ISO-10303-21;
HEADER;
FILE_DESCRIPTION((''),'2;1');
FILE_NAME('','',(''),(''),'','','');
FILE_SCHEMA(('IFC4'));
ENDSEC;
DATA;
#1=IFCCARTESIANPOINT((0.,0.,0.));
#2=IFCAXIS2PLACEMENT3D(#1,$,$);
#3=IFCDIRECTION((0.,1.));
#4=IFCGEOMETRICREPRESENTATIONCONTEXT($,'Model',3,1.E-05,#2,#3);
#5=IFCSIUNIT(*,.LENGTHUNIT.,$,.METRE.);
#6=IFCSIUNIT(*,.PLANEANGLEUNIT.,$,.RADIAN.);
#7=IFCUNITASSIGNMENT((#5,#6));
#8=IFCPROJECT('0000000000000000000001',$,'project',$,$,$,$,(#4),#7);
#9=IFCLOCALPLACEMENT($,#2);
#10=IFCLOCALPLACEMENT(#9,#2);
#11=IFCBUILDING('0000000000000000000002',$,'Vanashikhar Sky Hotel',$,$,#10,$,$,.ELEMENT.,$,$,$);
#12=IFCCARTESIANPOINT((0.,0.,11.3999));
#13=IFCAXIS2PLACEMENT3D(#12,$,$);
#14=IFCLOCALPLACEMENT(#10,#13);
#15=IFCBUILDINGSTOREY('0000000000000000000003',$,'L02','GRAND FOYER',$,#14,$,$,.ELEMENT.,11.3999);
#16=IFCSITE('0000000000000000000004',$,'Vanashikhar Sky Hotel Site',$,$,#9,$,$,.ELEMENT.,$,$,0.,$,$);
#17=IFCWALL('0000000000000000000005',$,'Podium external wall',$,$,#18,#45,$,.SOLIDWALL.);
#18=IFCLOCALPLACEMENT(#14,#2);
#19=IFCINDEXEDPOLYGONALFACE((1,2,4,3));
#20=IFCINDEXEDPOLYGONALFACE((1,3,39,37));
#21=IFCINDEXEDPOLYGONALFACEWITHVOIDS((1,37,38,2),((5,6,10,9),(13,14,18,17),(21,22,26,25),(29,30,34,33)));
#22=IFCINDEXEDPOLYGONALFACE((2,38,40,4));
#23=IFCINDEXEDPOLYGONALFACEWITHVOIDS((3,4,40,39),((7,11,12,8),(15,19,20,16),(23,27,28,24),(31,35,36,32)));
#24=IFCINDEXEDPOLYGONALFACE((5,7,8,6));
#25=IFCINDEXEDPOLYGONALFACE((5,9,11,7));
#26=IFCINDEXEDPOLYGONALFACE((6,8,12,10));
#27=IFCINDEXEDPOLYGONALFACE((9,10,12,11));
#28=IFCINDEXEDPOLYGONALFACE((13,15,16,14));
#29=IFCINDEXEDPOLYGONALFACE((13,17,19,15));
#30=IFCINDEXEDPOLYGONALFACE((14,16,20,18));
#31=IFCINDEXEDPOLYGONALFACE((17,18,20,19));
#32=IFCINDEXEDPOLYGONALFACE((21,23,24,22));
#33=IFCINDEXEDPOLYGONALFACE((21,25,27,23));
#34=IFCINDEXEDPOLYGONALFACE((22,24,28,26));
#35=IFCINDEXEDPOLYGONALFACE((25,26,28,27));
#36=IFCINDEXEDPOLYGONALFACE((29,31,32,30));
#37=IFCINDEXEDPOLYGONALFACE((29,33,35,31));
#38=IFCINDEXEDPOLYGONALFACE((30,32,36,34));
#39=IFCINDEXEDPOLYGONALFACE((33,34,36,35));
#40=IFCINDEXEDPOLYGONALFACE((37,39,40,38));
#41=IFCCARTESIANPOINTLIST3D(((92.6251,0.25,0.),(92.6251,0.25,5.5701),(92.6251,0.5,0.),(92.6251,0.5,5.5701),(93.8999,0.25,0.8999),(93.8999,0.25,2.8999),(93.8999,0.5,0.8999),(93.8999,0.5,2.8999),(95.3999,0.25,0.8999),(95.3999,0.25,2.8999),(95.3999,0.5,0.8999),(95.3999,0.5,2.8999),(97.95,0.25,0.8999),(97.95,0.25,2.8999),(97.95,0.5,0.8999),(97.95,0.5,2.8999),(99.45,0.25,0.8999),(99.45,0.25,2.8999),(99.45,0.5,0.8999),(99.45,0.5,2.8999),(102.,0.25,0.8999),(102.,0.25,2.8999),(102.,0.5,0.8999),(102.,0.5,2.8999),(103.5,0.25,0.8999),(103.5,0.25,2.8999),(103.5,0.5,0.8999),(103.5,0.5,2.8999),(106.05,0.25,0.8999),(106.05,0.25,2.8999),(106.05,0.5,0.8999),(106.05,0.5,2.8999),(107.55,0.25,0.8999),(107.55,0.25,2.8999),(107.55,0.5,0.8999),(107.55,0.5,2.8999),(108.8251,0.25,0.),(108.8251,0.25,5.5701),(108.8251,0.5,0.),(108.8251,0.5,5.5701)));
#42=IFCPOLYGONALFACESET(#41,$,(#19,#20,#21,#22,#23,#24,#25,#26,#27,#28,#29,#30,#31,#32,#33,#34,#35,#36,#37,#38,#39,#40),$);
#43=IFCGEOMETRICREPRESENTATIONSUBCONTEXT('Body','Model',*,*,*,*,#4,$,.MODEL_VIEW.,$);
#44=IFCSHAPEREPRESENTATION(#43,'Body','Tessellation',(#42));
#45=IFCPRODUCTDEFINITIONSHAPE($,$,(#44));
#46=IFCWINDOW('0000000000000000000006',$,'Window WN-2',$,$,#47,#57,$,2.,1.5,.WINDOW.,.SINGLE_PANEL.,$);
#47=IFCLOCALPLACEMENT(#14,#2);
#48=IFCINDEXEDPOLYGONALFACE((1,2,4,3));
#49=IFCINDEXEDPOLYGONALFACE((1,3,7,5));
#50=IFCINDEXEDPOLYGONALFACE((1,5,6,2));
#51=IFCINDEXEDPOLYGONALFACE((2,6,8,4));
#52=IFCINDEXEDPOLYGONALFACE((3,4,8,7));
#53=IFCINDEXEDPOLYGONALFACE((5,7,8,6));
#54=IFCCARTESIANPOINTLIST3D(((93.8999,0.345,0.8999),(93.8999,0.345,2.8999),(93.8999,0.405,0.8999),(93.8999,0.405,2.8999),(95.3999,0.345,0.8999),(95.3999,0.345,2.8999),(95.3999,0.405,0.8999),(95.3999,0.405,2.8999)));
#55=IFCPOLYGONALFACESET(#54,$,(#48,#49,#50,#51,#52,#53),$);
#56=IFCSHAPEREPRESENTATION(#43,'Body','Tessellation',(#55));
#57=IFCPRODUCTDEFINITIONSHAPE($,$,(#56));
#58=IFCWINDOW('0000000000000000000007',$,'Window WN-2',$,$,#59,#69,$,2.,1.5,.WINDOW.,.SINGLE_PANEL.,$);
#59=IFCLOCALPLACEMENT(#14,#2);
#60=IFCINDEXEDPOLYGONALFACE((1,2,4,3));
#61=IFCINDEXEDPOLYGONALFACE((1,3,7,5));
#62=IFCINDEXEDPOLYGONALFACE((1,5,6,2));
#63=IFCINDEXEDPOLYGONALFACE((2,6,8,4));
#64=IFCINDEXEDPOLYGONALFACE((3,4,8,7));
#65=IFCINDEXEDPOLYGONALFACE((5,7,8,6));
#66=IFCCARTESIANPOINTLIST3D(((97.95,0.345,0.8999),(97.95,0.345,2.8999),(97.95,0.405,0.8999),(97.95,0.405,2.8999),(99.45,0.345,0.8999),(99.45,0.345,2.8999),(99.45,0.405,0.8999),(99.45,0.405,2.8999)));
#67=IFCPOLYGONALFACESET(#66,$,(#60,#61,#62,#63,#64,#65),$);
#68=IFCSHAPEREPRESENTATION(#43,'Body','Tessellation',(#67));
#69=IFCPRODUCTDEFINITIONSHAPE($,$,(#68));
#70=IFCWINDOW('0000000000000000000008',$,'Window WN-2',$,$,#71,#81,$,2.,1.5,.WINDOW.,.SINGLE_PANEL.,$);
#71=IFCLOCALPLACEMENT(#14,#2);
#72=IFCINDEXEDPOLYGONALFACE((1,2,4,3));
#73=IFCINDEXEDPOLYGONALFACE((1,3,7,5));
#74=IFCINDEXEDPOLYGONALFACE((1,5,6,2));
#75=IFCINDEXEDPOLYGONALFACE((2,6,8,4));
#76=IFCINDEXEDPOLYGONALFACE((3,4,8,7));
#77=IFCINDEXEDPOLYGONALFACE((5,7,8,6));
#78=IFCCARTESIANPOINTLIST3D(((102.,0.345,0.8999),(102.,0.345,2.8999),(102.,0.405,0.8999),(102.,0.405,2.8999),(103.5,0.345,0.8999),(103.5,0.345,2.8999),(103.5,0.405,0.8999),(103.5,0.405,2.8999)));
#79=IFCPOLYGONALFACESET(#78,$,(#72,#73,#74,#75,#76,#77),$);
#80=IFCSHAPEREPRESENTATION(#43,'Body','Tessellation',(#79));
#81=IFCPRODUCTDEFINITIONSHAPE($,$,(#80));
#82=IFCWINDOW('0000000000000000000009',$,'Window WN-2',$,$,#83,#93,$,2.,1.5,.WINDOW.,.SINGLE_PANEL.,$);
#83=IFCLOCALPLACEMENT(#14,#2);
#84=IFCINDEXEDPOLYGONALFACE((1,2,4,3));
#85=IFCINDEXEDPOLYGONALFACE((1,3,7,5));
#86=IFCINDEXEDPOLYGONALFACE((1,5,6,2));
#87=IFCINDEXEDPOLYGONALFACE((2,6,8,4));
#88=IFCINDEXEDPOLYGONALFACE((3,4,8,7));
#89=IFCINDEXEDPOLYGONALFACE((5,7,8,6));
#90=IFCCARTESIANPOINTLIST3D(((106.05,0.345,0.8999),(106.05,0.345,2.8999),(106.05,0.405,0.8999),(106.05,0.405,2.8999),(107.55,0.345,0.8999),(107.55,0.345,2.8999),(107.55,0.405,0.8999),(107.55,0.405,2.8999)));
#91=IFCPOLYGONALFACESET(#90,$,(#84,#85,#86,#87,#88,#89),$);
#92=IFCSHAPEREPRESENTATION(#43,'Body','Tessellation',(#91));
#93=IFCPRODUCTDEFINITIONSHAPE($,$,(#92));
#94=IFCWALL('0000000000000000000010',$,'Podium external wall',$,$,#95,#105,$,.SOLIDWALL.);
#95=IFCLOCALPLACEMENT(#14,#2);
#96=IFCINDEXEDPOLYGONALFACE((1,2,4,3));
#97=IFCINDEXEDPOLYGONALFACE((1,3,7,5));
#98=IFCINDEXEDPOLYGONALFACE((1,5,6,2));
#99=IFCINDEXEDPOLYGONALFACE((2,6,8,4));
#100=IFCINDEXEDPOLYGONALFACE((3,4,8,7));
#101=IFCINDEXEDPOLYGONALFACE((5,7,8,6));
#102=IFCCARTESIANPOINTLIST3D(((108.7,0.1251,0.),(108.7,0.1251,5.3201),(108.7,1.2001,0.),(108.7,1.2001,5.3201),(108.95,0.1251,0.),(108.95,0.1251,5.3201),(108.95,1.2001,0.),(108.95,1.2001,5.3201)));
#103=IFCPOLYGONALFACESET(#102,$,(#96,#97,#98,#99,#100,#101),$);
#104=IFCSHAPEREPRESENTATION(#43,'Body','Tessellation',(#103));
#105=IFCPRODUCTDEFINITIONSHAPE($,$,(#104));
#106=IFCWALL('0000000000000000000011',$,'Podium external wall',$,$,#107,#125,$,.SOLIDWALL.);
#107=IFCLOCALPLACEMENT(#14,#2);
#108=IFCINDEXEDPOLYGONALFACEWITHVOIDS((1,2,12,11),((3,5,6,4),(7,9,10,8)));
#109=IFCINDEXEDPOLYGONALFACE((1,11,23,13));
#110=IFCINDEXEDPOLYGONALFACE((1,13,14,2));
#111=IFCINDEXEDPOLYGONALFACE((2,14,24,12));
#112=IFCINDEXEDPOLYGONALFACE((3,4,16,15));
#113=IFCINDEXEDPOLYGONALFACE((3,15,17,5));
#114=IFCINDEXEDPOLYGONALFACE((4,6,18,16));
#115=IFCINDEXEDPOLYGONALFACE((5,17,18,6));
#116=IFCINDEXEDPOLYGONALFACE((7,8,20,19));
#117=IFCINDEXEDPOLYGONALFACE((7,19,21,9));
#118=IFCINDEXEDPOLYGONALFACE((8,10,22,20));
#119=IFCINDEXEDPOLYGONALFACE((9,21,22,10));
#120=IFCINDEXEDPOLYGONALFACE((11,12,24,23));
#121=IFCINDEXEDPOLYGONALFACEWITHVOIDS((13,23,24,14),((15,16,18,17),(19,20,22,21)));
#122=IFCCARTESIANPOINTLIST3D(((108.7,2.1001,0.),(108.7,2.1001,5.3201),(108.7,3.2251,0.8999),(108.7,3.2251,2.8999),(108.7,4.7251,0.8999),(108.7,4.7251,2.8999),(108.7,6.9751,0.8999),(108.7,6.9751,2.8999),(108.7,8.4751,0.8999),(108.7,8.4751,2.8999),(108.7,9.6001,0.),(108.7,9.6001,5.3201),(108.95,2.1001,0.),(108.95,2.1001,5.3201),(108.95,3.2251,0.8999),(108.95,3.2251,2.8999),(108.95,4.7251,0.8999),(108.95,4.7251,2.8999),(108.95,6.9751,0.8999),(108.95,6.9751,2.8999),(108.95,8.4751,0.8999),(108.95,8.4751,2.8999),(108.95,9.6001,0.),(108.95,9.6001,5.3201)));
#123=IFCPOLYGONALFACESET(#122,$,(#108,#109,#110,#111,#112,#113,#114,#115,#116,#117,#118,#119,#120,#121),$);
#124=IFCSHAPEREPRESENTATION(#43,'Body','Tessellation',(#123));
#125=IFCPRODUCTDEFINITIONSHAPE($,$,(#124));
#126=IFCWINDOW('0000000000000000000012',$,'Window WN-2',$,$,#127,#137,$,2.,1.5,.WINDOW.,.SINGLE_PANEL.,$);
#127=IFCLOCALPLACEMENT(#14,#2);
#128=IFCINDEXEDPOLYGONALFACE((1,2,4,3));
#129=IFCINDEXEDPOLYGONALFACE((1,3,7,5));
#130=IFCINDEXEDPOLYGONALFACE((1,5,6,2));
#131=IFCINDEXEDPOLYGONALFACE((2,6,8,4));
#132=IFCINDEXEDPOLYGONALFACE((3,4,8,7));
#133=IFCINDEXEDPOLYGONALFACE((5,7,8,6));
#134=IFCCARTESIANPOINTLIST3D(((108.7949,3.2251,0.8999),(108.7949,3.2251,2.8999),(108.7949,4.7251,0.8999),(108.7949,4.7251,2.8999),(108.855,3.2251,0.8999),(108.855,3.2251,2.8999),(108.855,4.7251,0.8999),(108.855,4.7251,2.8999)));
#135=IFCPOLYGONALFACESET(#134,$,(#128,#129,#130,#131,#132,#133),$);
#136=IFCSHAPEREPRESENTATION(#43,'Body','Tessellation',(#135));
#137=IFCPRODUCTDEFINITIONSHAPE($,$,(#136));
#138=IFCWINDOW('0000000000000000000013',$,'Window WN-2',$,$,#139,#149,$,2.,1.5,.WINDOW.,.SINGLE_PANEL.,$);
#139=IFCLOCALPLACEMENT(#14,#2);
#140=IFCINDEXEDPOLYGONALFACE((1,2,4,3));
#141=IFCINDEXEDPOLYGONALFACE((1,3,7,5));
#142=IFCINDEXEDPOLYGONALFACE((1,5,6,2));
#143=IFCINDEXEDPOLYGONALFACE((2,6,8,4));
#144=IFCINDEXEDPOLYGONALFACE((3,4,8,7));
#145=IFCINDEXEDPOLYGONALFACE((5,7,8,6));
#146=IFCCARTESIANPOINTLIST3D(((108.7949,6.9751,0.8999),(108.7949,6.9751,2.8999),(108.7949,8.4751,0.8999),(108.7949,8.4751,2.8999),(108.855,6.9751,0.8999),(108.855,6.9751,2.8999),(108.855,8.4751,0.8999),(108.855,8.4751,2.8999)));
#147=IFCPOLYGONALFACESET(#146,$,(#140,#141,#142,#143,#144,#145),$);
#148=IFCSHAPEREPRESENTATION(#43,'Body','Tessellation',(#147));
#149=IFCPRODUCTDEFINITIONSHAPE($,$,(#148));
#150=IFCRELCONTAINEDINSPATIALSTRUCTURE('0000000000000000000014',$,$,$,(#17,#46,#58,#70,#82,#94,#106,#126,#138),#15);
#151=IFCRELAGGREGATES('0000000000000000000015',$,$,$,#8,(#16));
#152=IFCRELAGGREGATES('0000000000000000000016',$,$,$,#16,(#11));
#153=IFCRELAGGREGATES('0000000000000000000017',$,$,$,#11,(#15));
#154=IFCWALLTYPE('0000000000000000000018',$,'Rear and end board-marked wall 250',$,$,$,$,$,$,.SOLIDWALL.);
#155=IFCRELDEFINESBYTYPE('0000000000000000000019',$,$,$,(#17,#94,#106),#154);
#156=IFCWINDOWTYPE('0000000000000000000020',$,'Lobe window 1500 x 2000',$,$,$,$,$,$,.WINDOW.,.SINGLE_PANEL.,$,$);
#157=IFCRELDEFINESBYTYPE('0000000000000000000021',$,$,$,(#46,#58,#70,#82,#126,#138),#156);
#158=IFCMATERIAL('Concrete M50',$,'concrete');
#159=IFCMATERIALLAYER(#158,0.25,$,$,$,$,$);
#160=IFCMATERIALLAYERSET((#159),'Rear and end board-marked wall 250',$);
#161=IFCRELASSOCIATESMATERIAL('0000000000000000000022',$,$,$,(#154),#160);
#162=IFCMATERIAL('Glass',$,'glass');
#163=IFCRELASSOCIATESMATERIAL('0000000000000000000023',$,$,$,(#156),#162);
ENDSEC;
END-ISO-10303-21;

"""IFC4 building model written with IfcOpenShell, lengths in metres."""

from ifc_helpers import new_model, si_unit, direction, frame, frame_2d, origin, place, context, subcontext, project, spatial, rectangle, extrude, source, transform, mapped, material, layer, layer_set, type_object, element, fill, save


model = new_model("IFC4")

# Units and contexts
model_context = context("Model", 3, precision=1e-05, world=origin(), true_north=direction((0.0, 1.0)))
body_context = subcontext(model_context, "Body", "Model", "MODEL_VIEW")
ifc_project = project(units=[si_unit("LENGTHUNIT", "METRE"), si_unit("PLANEANGLEUNIT", "RADIAN")], contexts=[model_context])

# Site, building, storey
site_placement = place(None, origin())
site = spatial("IfcSite", under=ifc_project, at=site_placement, Name="Vanashikhar Sky Hotel Site", CompositionType="ELEMENT", RefElevation=0.0)
building_placement = place(site_placement, origin())
building = spatial("IfcBuilding", under=site, at=building_placement, Name="Vanashikhar Sky Hotel", CompositionType="ELEMENT")
storey_placement = place(building_placement, frame((0.0, 0.0, 11.3999)))
storey = spatial("IfcBuildingStorey", under=building, at=storey_placement, Name="L02", Description="GRAND FOYER", CompositionType="ELEMENT", Elevation=11.3999)

# Shared definitions
ifc_material_1 = material(Name="Concrete M50", Category="concrete")

# Shared definitions
ifc_layer_1 = layer(ifc_material_1, 0.25)
ifc_layer_set_1 = layer_set([ifc_layer_1], Name="Rear and end board-marked wall 250")
wall_type_1 = type_object("IfcWallType", Name="Rear and end board-marked wall 250", PredefinedType="SOLIDWALL", material=ifc_layer_set_1)
shared_shape_1 = source(origin(), body_context, "Body", "SweptSolid", [
    extrude(rectangle(XDim=1.5, YDim=2.0, at=frame_2d((0.75, 1.0))), frame((0.0, 0.135, 0.0), z_axis=(0.0, -1.0, 0.0), x_axis=(1.0, 0.0, 0.0)), (0.0, 0.0, 1.0), 0.27),
])
ifc_material_2 = material(Name="Glass", Category="glass")
window_type = type_object("IfcWindowType", Name="Lobe window 1500 x 2000", PartitioningType="SINGLE_PANEL", PredefinedType="WINDOW", material=ifc_material_2)
shared_shape_2 = source(origin(), body_context, "Body", "SweptSolid", [
    extrude(rectangle(XDim=1.5, YDim=2.0, at=frame_2d((0.75, 1.0))), frame((0.0, 0.03, 0.0), z_axis=(0.0, -1.0, 0.0), x_axis=(1.0, 0.0, 0.0)), (0.0, 0.0, 1.0), 0.0601),
])

# Wall, openings, windows
shared_shape_3 = source(origin(), body_context, "Body", "SweptSolid", [
    extrude(rectangle(XDim=16.2, YDim=0.25, at=frame_2d((8.1001, 0.0))), origin(), (0.0, 0.0, 1.0), 5.5701),
])
wall_1_placement = place(storey_placement, frame((92.625, 0.375, 0.0), z_axis=(0.0, 0.0, 1.0), x_axis=(1.0, 0.0, 0.0)))
wall_1 = element("IfcWall", 1, at=wall_1_placement, inside=storey, type_object=wall_type_1, Name="Podium external wall", PredefinedType="SOLIDWALL", context=body_context, shape_type="MappedRepresentation", body=[
    mapped(shared_shape_3, transform((0.0, 0.0, 0.0), scale=1.0)),
])
opening_1_placement = place(wall_1_placement, frame((1.2749, 0.0, 0.8999)))
opening_1 = element("IfcOpeningElement", 2, at=opening_1_placement, cuts=wall_1, PredefinedType="OPENING", context=body_context, shape_type="MappedRepresentation", body=[
    mapped(shared_shape_1, transform((0.0, 0.0, 0.0), scale=1.0)),
])
opening_2_placement = place(wall_1_placement, frame((5.325, 0.0, 0.8999)))
opening_2 = element("IfcOpeningElement", 3, at=opening_2_placement, cuts=wall_1, PredefinedType="OPENING", context=body_context, shape_type="MappedRepresentation", body=[
    mapped(shared_shape_1, transform((0.0, 0.0, 0.0), scale=1.0)),
])
opening_3_placement = place(wall_1_placement, frame((9.375, 0.0, 0.8999)))
opening_3 = element("IfcOpeningElement", 4, at=opening_3_placement, cuts=wall_1, PredefinedType="OPENING", context=body_context, shape_type="MappedRepresentation", body=[
    mapped(shared_shape_1, transform((0.0, 0.0, 0.0), scale=1.0)),
])
opening_4_placement = place(wall_1_placement, frame((13.425, 0.0, 0.8999)))
opening_4 = element("IfcOpeningElement", 5, at=opening_4_placement, cuts=wall_1, PredefinedType="OPENING", context=body_context, shape_type="MappedRepresentation", body=[
    mapped(shared_shape_1, transform((0.0, 0.0, 0.0), scale=1.0)),
])
window_1_placement = place(opening_1_placement, origin())
window_1 = element("IfcWindow", 6, at=window_1_placement, inside=storey, type_object=window_type, Name="Window WN-2", OverallHeight=2.0, OverallWidth=1.5, PartitioningType="SINGLE_PANEL", PredefinedType="WINDOW", context=body_context, shape_type="MappedRepresentation", body=[
    mapped(shared_shape_2, transform((0.0, 0.0, 0.0), scale=1.0)),
])
fill(opening_1, window_1)
window_2_placement = place(opening_2_placement, origin())
window_2 = element("IfcWindow", 7, at=window_2_placement, inside=storey, type_object=window_type, Name="Window WN-2", OverallHeight=2.0, OverallWidth=1.5, PartitioningType="SINGLE_PANEL", PredefinedType="WINDOW", context=body_context, shape_type="MappedRepresentation", body=[
    mapped(shared_shape_2, transform((0.0, 0.0, 0.0), scale=1.0)),
])
fill(opening_2, window_2)
window_3_placement = place(opening_3_placement, origin())
window_3 = element("IfcWindow", 8, at=window_3_placement, inside=storey, type_object=window_type, Name="Window WN-2", OverallHeight=2.0, OverallWidth=1.5, PartitioningType="SINGLE_PANEL", PredefinedType="WINDOW", context=body_context, shape_type="MappedRepresentation", body=[
    mapped(shared_shape_2, transform((0.0, 0.0, 0.0), scale=1.0)),
])
fill(opening_3, window_3)
window_4_placement = place(opening_4_placement, origin())
window_4 = element("IfcWindow", 9, at=window_4_placement, inside=storey, type_object=window_type, Name="Window WN-2", OverallHeight=2.0, OverallWidth=1.5, PartitioningType="SINGLE_PANEL", PredefinedType="WINDOW", context=body_context, shape_type="MappedRepresentation", body=[
    mapped(shared_shape_2, transform((0.0, 0.0, 0.0), scale=1.0)),
])
fill(opening_4, window_4)

# Wall
shared_shape_4 = source(origin(), body_context, "Body", "SweptSolid", [
    extrude(rectangle(XDim=1.075, YDim=0.25, at=frame_2d((0.5376, 0.0))), origin(), (0.0, 0.0, 1.0), 5.3201),
])
wall_2_placement = place(storey_placement, frame((108.825, 0.125, 0.0), z_axis=(0.0, 0.0, 1.0), x_axis=(0.0, 1.0, 0.0)))
element("IfcWall", 10, at=wall_2_placement, inside=storey, type_object=wall_type_1, Name="Podium external wall", PredefinedType="SOLIDWALL", context=body_context, shape_type="MappedRepresentation", body=[
    mapped(shared_shape_4, transform((0.0, 0.0, 0.0), scale=1.0)),
])

# Wall, openings, windows
shared_shape_5 = source(origin(), body_context, "Body", "SweptSolid", [
    extrude(rectangle(XDim=7.5, YDim=0.25, at=frame_2d((3.75, 0.0))), origin(), (0.0, 0.0, 1.0), 5.3201),
])
wall_3_placement = place(storey_placement, frame((108.825, 2.1001, 0.0), z_axis=(0.0, 0.0, 1.0), x_axis=(0.0, 1.0, 0.0)))
wall_3 = element("IfcWall", 11, at=wall_3_placement, inside=storey, type_object=wall_type_1, Name="Podium external wall", PredefinedType="SOLIDWALL", context=body_context, shape_type="MappedRepresentation", body=[
    mapped(shared_shape_5, transform((0.0, 0.0, 0.0), scale=1.0)),
])
opening_5_placement = place(wall_3_placement, frame((1.125, 0.0, 0.8999)))
opening_5 = element("IfcOpeningElement", 12, at=opening_5_placement, cuts=wall_3, PredefinedType="OPENING", context=body_context, shape_type="MappedRepresentation", body=[
    mapped(shared_shape_1, transform((0.0, 0.0, 0.0), scale=1.0)),
])
opening_6_placement = place(wall_3_placement, frame((4.875, 0.0, 0.8999)))
opening_6 = element("IfcOpeningElement", 13, at=opening_6_placement, cuts=wall_3, PredefinedType="OPENING", context=body_context, shape_type="MappedRepresentation", body=[
    mapped(shared_shape_1, transform((0.0, 0.0, 0.0), scale=1.0)),
])
window_5_placement = place(opening_5_placement, origin())
window_5 = element("IfcWindow", 14, at=window_5_placement, inside=storey, type_object=window_type, Name="Window WN-2", OverallHeight=2.0, OverallWidth=1.5, PartitioningType="SINGLE_PANEL", PredefinedType="WINDOW", context=body_context, shape_type="MappedRepresentation", body=[
    mapped(shared_shape_2, transform((0.0, 0.0, 0.0), scale=1.0)),
])
fill(opening_5, window_5)
window_6_placement = place(opening_6_placement, origin())
window_6 = element("IfcWindow", 15, at=window_6_placement, inside=storey, type_object=window_type, Name="Window WN-2", OverallHeight=2.0, OverallWidth=1.5, PartitioningType="SINGLE_PANEL", PredefinedType="WINDOW", context=body_context, shape_type="MappedRepresentation", body=[
    mapped(shared_shape_2, transform((0.0, 0.0, 0.0), scale=1.0)),
])
fill(opening_6, window_6)

save(model, "model.ifc")
